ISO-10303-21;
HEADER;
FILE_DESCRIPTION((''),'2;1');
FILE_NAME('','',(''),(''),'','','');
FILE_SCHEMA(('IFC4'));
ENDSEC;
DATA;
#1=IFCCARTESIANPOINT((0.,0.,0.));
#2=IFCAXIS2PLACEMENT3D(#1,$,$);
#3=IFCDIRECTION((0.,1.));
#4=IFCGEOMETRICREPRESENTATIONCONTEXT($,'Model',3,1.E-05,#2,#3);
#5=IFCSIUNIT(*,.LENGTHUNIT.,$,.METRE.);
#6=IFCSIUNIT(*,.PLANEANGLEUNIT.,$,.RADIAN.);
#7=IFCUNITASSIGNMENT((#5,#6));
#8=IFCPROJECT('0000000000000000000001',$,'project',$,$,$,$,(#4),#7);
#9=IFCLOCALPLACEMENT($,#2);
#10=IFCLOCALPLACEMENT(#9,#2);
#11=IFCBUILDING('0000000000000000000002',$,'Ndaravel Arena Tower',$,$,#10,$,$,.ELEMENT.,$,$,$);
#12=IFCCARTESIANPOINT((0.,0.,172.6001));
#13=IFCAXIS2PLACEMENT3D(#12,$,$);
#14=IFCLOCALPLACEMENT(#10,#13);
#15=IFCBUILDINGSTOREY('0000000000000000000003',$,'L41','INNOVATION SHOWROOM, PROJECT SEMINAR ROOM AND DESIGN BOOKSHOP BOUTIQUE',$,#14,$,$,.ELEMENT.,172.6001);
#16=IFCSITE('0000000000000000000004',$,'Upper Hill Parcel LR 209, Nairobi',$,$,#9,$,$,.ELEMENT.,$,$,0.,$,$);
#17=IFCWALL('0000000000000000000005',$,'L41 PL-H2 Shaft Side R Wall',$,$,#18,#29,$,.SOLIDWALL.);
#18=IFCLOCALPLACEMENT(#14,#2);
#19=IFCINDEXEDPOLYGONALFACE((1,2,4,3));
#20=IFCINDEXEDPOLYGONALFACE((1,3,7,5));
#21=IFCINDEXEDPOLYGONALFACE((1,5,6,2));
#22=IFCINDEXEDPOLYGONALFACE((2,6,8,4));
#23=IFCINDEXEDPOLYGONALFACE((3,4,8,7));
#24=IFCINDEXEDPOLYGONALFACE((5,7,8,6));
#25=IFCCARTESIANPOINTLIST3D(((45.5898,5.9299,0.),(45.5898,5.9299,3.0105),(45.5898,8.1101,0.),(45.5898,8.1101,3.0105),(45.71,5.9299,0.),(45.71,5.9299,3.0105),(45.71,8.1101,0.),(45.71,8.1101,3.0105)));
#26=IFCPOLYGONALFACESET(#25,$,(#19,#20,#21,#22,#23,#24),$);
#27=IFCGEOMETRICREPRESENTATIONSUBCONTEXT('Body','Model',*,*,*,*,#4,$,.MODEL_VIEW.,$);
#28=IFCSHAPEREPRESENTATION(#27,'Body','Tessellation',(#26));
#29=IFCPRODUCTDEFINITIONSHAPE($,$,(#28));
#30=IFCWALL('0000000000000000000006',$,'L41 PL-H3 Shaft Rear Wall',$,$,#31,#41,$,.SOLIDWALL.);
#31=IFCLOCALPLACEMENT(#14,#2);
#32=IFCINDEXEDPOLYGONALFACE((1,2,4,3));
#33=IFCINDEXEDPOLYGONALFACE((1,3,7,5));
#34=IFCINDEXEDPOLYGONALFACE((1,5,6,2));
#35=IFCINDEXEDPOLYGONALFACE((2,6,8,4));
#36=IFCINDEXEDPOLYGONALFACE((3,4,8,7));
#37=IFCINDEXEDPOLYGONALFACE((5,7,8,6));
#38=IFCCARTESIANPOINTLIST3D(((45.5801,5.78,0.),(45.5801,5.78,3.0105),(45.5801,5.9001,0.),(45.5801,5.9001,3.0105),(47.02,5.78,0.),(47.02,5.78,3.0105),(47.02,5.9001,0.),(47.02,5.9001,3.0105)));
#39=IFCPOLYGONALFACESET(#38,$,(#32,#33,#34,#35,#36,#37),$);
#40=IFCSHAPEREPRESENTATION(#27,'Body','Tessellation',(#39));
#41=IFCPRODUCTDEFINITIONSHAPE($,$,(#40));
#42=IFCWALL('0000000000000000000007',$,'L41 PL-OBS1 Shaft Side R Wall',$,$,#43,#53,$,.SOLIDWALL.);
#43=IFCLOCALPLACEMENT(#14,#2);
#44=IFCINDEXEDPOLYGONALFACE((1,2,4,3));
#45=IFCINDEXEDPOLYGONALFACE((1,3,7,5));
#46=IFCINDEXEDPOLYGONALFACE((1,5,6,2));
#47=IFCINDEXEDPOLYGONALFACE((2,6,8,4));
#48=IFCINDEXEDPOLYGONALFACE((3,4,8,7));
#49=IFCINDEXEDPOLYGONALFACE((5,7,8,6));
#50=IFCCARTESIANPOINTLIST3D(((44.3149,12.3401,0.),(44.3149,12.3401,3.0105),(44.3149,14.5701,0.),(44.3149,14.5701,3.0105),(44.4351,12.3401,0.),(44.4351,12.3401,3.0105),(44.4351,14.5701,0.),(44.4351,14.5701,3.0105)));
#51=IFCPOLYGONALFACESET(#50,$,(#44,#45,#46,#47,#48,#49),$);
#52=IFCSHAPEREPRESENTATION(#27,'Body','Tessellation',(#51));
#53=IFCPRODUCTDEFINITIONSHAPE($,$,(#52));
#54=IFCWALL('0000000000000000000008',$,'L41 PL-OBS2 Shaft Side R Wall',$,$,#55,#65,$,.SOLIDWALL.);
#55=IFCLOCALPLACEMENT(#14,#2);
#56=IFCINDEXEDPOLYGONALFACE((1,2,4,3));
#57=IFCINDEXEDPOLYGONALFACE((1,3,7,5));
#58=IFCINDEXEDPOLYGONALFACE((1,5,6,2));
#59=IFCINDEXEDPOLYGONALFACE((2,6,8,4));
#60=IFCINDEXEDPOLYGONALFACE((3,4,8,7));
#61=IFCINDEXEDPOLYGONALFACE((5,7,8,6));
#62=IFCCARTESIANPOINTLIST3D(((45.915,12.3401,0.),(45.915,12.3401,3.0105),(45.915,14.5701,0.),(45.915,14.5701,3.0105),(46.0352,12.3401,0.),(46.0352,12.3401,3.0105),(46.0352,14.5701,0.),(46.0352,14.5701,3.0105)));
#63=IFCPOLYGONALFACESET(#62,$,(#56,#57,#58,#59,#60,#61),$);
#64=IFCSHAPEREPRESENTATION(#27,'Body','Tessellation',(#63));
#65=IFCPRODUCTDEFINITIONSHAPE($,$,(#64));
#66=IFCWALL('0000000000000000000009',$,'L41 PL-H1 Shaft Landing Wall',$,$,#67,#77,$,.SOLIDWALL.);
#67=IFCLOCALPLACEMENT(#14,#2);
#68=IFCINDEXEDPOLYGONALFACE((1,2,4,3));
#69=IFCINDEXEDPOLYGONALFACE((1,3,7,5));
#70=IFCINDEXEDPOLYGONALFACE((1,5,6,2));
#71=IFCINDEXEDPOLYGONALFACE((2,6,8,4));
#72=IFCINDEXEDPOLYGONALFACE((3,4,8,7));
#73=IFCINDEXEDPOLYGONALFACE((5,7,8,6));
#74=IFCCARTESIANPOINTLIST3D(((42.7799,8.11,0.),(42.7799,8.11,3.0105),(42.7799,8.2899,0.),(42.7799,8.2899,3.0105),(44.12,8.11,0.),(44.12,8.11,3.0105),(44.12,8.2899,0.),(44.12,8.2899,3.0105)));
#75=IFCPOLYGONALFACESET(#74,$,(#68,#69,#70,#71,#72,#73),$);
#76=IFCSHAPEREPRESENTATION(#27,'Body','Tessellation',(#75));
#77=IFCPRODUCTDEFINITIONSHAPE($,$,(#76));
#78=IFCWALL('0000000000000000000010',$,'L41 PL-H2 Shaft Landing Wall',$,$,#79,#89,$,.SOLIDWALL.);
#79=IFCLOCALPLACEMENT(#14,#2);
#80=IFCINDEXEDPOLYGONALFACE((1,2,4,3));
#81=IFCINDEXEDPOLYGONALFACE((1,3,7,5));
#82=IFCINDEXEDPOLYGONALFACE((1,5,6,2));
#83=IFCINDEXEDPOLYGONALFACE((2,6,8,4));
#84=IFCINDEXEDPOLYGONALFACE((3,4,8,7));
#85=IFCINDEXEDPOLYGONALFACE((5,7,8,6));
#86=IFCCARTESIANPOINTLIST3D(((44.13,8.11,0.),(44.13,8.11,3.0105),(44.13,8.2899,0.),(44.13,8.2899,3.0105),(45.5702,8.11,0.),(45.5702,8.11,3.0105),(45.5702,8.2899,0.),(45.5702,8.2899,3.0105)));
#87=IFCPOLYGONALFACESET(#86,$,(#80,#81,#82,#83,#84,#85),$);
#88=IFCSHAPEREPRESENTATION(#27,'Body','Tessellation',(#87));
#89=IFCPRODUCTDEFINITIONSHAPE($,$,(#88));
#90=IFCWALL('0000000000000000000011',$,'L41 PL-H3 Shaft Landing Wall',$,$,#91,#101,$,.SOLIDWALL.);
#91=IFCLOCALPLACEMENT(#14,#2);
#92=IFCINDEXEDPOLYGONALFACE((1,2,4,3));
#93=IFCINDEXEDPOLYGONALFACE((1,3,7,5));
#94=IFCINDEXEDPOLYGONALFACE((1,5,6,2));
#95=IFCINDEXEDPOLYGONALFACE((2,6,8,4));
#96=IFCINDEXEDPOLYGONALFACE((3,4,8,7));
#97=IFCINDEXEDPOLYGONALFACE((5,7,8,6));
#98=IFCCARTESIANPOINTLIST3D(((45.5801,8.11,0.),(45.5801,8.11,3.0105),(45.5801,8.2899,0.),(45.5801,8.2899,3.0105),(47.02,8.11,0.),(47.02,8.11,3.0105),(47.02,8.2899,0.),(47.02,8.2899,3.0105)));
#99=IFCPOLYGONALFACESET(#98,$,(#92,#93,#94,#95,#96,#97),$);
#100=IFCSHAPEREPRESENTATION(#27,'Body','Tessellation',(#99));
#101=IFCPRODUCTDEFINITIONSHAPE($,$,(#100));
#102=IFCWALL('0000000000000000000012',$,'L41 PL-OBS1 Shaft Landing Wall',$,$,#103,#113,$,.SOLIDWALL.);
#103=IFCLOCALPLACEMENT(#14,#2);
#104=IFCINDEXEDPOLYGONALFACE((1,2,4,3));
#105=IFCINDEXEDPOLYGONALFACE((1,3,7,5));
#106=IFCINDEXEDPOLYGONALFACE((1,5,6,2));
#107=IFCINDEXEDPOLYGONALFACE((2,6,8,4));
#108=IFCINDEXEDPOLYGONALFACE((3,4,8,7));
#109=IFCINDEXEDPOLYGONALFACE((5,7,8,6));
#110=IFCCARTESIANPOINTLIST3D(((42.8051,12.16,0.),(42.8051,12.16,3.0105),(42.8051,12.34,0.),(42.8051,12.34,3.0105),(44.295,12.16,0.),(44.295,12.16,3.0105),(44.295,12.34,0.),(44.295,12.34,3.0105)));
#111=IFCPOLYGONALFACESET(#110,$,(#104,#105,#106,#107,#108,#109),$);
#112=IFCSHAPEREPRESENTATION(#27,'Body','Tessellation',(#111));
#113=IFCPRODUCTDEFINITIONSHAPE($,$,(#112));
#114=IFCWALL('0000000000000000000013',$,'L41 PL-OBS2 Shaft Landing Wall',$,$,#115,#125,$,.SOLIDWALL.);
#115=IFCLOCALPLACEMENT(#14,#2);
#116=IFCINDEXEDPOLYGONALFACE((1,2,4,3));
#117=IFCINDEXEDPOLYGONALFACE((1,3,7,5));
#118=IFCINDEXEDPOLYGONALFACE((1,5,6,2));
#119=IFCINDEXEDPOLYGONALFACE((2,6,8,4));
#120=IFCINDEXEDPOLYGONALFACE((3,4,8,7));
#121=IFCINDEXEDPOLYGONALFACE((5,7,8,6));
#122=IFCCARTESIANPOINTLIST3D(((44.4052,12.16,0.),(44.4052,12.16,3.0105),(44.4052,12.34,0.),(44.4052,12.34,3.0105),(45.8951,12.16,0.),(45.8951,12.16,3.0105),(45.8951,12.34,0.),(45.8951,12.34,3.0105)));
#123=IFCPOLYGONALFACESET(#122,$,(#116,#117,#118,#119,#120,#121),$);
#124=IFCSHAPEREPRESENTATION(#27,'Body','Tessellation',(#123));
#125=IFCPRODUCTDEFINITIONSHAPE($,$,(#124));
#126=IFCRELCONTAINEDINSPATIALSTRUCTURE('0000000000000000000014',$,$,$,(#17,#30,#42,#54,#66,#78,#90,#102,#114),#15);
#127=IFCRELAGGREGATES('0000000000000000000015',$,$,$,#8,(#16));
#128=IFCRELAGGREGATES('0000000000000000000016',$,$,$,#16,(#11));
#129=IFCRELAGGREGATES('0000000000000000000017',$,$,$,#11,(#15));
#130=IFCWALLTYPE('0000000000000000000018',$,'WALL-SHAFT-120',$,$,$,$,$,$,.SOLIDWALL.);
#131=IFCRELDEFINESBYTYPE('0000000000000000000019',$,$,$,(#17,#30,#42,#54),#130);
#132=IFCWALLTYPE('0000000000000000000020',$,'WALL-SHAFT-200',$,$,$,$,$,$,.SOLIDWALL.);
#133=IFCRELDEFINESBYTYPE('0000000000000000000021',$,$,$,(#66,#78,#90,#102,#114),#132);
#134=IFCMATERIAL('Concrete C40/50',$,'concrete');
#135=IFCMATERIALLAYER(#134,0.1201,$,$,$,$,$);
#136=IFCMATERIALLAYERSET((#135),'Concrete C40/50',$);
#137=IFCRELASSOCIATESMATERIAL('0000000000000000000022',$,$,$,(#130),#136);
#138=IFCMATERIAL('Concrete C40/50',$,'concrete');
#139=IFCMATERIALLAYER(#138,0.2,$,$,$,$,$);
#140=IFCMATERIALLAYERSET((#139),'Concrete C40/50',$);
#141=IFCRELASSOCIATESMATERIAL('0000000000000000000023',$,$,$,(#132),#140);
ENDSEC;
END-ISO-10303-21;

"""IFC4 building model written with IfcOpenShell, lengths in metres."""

from ifc_helpers import new_model, si_unit, direction, frame, frame_2d, origin, place, context, subcontext, project, spatial, rectangle, extrude, material, layer, layer_set, type_object, element, save


model = new_model("IFC4")

# Units and contexts
model_context = context("Model", 3, precision=1e-05, world=origin(), true_north=direction((0.0, 1.0)))
body_context = subcontext(model_context, "Body", "Model", "MODEL_VIEW")
ifc_project = project(units=[si_unit("LENGTHUNIT", "METRE"), si_unit("PLANEANGLEUNIT", "RADIAN")], contexts=[model_context])

# Site, building, storey
site_placement = place(None, origin())
site = spatial("IfcSite", under=ifc_project, at=site_placement, Name="Upper Hill Parcel LR 209, Nairobi", CompositionType="ELEMENT", RefElevation=0.0)
building_placement = place(site_placement, origin())
building = spatial("IfcBuilding", under=site, at=building_placement, Name="Ndaravel Arena Tower", CompositionType="ELEMENT")
storey_placement = place(building_placement, frame((0.0, 0.0, 172.6001)))
storey = spatial("IfcBuildingStorey", under=building, at=storey_placement, Name="L41", Description="INNOVATION SHOWROOM, PROJECT SEMINAR ROOM AND DESIGN BOOKSHOP BOUTIQUE", CompositionType="ELEMENT", Elevation=172.6001)

# Walls
ifc_material_1 = material(Name="Concrete C40/50", Category="concrete")
ifc_layer_1 = layer(ifc_material_1, 0.1201)
ifc_layer_set_1 = layer_set([ifc_layer_1], Name="Concrete C40/50")
wall_type_1 = type_object("IfcWallType", Name="WALL-SHAFT-120", PredefinedType="SOLIDWALL", material=ifc_layer_set_1)
wall_1_placement = place(storey_placement, frame((45.6499, 5.9299, 0.0), z_axis=(0.0, 0.0, 1.0), x_axis=(0.0, 1.0, 0.0)))
element("IfcWall", 1, at=wall_1_placement, inside=storey, type_object=wall_type_1, Name="L41 PL-H2 Shaft Side R Wall", PredefinedType="SOLIDWALL", context=body_context, shape_type="SweptSolid", body=[
    extrude(rectangle(XDim=2.1802, YDim=0.1201, at=frame_2d((1.0901, 0.0))), origin(), (0.0, 0.0, 1.0), 3.0105),
])
wall_2_placement = place(storey_placement, frame((45.5801, 5.8401, 0.0), z_axis=(0.0, 0.0, 1.0), x_axis=(1.0, 0.0, 0.0)))
element("IfcWall", 2, at=wall_2_placement, inside=storey, type_object=wall_type_1, Name="L41 PL-H3 Shaft Rear Wall", PredefinedType="SOLIDWALL", context=body_context, shape_type="SweptSolid", body=[
    extrude(rectangle(XDim=1.4399, YDim=0.1201, at=frame_2d((0.72, 0.0))), origin(), (0.0, 0.0, 1.0), 3.0105),
])
for number, where, z_axis, x_axis, name in (
    (3, (44.375, 12.3401, 0.0), (0.0, 0.0, 1.0), (0.0, 1.0, 0.0), "L41 PL-OBS1 Shaft Side R Wall"),
    (4, (45.9751, 12.3401, 0.0), (0.0, 0.0, 1.0), (0.0, 1.0, 0.0), "L41 PL-OBS2 Shaft Side R Wall"),
):
    element("IfcWall", number, at=place(storey_placement, frame(where, z_axis=z_axis, x_axis=x_axis)), inside=storey, type_object=wall_type_1, Name=name, PredefinedType="SOLIDWALL", context=body_context, shape_type="SweptSolid", body=[
        extrude(rectangle(XDim=2.23, YDim=0.1201, at=frame_2d((1.115, 0.0))), origin(), (0.0, 0.0, 1.0), 3.0105),
    ])
ifc_material_2 = material(Name="Concrete C40/50", Category="concrete")
ifc_layer_2 = layer(ifc_material_2, 0.2)
ifc_layer_set_2 = layer_set([ifc_layer_2], Name="Concrete C40/50")
wall_type_2 = type_object("IfcWallType", Name="WALL-SHAFT-200", PredefinedType="SOLIDWALL", material=ifc_layer_set_2)
wall_3_placement = place(storey_placement, frame((42.78, 8.2, 0.0), z_axis=(0.0, 0.0, 1.0), x_axis=(1.0, 0.0, 0.0)))
element("IfcWall", 5, at=wall_3_placement, inside=storey, type_object=wall_type_2, Name="L41 PL-H1 Shaft Landing Wall", PredefinedType="SOLIDWALL", context=body_context, shape_type="SweptSolid", body=[
    extrude(rectangle(XDim=1.3401, YDim=0.1799, at=frame_2d((0.6699, 0.0))), origin(), (0.0, 0.0, 1.0), 3.0105),
])
wall_4_placement = place(storey_placement, frame((44.1299, 8.2, 0.0), z_axis=(0.0, 0.0, 1.0), x_axis=(1.0, 0.0, 0.0)))
element("IfcWall", 6, at=wall_4_placement, inside=storey, type_object=wall_type_2, Name="L41 PL-H2 Shaft Landing Wall", PredefinedType="SOLIDWALL", context=body_context, shape_type="SweptSolid", body=[
    extrude(rectangle(XDim=1.4402, YDim=0.1799, at=frame_2d((0.7202, 0.0))), origin(), (0.0, 0.0, 1.0), 3.0105),
])
wall_5_placement = place(storey_placement, frame((45.5801, 8.2, 0.0), z_axis=(0.0, 0.0, 1.0), x_axis=(1.0, 0.0, 0.0)))
element("IfcWall", 7, at=wall_5_placement, inside=storey, type_object=wall_type_2, Name="L41 PL-H3 Shaft Landing Wall", PredefinedType="SOLIDWALL", context=body_context, shape_type="SweptSolid", body=[
    extrude(rectangle(XDim=1.4399, YDim=0.1799, at=frame_2d((0.72, 0.0))), origin(), (0.0, 0.0, 1.0), 3.0105),
])
for number, where, z_axis, x_axis, name in (
    (8, (42.8049, 12.25, 0.0), (0.0, 0.0, 1.0), (1.0, 0.0, 0.0), "L41 PL-OBS1 Shaft Landing Wall"),
    (9, (44.405, 12.25, 0.0), (0.0, 0.0, 1.0), (1.0, 0.0, 0.0), "L41 PL-OBS2 Shaft Landing Wall"),
):
    element("IfcWall", number, at=place(storey_placement, frame(where, z_axis=z_axis, x_axis=x_axis)), inside=storey, type_object=wall_type_2, Name=name, PredefinedType="SOLIDWALL", context=body_context, shape_type="SweptSolid", body=[
        extrude(rectangle(XDim=1.49, YDim=0.1799, at=frame_2d((0.7451, 0.0))), origin(), (0.0, 0.0, 1.0), 3.0105),
    ])

save(model, "model.ifc")
